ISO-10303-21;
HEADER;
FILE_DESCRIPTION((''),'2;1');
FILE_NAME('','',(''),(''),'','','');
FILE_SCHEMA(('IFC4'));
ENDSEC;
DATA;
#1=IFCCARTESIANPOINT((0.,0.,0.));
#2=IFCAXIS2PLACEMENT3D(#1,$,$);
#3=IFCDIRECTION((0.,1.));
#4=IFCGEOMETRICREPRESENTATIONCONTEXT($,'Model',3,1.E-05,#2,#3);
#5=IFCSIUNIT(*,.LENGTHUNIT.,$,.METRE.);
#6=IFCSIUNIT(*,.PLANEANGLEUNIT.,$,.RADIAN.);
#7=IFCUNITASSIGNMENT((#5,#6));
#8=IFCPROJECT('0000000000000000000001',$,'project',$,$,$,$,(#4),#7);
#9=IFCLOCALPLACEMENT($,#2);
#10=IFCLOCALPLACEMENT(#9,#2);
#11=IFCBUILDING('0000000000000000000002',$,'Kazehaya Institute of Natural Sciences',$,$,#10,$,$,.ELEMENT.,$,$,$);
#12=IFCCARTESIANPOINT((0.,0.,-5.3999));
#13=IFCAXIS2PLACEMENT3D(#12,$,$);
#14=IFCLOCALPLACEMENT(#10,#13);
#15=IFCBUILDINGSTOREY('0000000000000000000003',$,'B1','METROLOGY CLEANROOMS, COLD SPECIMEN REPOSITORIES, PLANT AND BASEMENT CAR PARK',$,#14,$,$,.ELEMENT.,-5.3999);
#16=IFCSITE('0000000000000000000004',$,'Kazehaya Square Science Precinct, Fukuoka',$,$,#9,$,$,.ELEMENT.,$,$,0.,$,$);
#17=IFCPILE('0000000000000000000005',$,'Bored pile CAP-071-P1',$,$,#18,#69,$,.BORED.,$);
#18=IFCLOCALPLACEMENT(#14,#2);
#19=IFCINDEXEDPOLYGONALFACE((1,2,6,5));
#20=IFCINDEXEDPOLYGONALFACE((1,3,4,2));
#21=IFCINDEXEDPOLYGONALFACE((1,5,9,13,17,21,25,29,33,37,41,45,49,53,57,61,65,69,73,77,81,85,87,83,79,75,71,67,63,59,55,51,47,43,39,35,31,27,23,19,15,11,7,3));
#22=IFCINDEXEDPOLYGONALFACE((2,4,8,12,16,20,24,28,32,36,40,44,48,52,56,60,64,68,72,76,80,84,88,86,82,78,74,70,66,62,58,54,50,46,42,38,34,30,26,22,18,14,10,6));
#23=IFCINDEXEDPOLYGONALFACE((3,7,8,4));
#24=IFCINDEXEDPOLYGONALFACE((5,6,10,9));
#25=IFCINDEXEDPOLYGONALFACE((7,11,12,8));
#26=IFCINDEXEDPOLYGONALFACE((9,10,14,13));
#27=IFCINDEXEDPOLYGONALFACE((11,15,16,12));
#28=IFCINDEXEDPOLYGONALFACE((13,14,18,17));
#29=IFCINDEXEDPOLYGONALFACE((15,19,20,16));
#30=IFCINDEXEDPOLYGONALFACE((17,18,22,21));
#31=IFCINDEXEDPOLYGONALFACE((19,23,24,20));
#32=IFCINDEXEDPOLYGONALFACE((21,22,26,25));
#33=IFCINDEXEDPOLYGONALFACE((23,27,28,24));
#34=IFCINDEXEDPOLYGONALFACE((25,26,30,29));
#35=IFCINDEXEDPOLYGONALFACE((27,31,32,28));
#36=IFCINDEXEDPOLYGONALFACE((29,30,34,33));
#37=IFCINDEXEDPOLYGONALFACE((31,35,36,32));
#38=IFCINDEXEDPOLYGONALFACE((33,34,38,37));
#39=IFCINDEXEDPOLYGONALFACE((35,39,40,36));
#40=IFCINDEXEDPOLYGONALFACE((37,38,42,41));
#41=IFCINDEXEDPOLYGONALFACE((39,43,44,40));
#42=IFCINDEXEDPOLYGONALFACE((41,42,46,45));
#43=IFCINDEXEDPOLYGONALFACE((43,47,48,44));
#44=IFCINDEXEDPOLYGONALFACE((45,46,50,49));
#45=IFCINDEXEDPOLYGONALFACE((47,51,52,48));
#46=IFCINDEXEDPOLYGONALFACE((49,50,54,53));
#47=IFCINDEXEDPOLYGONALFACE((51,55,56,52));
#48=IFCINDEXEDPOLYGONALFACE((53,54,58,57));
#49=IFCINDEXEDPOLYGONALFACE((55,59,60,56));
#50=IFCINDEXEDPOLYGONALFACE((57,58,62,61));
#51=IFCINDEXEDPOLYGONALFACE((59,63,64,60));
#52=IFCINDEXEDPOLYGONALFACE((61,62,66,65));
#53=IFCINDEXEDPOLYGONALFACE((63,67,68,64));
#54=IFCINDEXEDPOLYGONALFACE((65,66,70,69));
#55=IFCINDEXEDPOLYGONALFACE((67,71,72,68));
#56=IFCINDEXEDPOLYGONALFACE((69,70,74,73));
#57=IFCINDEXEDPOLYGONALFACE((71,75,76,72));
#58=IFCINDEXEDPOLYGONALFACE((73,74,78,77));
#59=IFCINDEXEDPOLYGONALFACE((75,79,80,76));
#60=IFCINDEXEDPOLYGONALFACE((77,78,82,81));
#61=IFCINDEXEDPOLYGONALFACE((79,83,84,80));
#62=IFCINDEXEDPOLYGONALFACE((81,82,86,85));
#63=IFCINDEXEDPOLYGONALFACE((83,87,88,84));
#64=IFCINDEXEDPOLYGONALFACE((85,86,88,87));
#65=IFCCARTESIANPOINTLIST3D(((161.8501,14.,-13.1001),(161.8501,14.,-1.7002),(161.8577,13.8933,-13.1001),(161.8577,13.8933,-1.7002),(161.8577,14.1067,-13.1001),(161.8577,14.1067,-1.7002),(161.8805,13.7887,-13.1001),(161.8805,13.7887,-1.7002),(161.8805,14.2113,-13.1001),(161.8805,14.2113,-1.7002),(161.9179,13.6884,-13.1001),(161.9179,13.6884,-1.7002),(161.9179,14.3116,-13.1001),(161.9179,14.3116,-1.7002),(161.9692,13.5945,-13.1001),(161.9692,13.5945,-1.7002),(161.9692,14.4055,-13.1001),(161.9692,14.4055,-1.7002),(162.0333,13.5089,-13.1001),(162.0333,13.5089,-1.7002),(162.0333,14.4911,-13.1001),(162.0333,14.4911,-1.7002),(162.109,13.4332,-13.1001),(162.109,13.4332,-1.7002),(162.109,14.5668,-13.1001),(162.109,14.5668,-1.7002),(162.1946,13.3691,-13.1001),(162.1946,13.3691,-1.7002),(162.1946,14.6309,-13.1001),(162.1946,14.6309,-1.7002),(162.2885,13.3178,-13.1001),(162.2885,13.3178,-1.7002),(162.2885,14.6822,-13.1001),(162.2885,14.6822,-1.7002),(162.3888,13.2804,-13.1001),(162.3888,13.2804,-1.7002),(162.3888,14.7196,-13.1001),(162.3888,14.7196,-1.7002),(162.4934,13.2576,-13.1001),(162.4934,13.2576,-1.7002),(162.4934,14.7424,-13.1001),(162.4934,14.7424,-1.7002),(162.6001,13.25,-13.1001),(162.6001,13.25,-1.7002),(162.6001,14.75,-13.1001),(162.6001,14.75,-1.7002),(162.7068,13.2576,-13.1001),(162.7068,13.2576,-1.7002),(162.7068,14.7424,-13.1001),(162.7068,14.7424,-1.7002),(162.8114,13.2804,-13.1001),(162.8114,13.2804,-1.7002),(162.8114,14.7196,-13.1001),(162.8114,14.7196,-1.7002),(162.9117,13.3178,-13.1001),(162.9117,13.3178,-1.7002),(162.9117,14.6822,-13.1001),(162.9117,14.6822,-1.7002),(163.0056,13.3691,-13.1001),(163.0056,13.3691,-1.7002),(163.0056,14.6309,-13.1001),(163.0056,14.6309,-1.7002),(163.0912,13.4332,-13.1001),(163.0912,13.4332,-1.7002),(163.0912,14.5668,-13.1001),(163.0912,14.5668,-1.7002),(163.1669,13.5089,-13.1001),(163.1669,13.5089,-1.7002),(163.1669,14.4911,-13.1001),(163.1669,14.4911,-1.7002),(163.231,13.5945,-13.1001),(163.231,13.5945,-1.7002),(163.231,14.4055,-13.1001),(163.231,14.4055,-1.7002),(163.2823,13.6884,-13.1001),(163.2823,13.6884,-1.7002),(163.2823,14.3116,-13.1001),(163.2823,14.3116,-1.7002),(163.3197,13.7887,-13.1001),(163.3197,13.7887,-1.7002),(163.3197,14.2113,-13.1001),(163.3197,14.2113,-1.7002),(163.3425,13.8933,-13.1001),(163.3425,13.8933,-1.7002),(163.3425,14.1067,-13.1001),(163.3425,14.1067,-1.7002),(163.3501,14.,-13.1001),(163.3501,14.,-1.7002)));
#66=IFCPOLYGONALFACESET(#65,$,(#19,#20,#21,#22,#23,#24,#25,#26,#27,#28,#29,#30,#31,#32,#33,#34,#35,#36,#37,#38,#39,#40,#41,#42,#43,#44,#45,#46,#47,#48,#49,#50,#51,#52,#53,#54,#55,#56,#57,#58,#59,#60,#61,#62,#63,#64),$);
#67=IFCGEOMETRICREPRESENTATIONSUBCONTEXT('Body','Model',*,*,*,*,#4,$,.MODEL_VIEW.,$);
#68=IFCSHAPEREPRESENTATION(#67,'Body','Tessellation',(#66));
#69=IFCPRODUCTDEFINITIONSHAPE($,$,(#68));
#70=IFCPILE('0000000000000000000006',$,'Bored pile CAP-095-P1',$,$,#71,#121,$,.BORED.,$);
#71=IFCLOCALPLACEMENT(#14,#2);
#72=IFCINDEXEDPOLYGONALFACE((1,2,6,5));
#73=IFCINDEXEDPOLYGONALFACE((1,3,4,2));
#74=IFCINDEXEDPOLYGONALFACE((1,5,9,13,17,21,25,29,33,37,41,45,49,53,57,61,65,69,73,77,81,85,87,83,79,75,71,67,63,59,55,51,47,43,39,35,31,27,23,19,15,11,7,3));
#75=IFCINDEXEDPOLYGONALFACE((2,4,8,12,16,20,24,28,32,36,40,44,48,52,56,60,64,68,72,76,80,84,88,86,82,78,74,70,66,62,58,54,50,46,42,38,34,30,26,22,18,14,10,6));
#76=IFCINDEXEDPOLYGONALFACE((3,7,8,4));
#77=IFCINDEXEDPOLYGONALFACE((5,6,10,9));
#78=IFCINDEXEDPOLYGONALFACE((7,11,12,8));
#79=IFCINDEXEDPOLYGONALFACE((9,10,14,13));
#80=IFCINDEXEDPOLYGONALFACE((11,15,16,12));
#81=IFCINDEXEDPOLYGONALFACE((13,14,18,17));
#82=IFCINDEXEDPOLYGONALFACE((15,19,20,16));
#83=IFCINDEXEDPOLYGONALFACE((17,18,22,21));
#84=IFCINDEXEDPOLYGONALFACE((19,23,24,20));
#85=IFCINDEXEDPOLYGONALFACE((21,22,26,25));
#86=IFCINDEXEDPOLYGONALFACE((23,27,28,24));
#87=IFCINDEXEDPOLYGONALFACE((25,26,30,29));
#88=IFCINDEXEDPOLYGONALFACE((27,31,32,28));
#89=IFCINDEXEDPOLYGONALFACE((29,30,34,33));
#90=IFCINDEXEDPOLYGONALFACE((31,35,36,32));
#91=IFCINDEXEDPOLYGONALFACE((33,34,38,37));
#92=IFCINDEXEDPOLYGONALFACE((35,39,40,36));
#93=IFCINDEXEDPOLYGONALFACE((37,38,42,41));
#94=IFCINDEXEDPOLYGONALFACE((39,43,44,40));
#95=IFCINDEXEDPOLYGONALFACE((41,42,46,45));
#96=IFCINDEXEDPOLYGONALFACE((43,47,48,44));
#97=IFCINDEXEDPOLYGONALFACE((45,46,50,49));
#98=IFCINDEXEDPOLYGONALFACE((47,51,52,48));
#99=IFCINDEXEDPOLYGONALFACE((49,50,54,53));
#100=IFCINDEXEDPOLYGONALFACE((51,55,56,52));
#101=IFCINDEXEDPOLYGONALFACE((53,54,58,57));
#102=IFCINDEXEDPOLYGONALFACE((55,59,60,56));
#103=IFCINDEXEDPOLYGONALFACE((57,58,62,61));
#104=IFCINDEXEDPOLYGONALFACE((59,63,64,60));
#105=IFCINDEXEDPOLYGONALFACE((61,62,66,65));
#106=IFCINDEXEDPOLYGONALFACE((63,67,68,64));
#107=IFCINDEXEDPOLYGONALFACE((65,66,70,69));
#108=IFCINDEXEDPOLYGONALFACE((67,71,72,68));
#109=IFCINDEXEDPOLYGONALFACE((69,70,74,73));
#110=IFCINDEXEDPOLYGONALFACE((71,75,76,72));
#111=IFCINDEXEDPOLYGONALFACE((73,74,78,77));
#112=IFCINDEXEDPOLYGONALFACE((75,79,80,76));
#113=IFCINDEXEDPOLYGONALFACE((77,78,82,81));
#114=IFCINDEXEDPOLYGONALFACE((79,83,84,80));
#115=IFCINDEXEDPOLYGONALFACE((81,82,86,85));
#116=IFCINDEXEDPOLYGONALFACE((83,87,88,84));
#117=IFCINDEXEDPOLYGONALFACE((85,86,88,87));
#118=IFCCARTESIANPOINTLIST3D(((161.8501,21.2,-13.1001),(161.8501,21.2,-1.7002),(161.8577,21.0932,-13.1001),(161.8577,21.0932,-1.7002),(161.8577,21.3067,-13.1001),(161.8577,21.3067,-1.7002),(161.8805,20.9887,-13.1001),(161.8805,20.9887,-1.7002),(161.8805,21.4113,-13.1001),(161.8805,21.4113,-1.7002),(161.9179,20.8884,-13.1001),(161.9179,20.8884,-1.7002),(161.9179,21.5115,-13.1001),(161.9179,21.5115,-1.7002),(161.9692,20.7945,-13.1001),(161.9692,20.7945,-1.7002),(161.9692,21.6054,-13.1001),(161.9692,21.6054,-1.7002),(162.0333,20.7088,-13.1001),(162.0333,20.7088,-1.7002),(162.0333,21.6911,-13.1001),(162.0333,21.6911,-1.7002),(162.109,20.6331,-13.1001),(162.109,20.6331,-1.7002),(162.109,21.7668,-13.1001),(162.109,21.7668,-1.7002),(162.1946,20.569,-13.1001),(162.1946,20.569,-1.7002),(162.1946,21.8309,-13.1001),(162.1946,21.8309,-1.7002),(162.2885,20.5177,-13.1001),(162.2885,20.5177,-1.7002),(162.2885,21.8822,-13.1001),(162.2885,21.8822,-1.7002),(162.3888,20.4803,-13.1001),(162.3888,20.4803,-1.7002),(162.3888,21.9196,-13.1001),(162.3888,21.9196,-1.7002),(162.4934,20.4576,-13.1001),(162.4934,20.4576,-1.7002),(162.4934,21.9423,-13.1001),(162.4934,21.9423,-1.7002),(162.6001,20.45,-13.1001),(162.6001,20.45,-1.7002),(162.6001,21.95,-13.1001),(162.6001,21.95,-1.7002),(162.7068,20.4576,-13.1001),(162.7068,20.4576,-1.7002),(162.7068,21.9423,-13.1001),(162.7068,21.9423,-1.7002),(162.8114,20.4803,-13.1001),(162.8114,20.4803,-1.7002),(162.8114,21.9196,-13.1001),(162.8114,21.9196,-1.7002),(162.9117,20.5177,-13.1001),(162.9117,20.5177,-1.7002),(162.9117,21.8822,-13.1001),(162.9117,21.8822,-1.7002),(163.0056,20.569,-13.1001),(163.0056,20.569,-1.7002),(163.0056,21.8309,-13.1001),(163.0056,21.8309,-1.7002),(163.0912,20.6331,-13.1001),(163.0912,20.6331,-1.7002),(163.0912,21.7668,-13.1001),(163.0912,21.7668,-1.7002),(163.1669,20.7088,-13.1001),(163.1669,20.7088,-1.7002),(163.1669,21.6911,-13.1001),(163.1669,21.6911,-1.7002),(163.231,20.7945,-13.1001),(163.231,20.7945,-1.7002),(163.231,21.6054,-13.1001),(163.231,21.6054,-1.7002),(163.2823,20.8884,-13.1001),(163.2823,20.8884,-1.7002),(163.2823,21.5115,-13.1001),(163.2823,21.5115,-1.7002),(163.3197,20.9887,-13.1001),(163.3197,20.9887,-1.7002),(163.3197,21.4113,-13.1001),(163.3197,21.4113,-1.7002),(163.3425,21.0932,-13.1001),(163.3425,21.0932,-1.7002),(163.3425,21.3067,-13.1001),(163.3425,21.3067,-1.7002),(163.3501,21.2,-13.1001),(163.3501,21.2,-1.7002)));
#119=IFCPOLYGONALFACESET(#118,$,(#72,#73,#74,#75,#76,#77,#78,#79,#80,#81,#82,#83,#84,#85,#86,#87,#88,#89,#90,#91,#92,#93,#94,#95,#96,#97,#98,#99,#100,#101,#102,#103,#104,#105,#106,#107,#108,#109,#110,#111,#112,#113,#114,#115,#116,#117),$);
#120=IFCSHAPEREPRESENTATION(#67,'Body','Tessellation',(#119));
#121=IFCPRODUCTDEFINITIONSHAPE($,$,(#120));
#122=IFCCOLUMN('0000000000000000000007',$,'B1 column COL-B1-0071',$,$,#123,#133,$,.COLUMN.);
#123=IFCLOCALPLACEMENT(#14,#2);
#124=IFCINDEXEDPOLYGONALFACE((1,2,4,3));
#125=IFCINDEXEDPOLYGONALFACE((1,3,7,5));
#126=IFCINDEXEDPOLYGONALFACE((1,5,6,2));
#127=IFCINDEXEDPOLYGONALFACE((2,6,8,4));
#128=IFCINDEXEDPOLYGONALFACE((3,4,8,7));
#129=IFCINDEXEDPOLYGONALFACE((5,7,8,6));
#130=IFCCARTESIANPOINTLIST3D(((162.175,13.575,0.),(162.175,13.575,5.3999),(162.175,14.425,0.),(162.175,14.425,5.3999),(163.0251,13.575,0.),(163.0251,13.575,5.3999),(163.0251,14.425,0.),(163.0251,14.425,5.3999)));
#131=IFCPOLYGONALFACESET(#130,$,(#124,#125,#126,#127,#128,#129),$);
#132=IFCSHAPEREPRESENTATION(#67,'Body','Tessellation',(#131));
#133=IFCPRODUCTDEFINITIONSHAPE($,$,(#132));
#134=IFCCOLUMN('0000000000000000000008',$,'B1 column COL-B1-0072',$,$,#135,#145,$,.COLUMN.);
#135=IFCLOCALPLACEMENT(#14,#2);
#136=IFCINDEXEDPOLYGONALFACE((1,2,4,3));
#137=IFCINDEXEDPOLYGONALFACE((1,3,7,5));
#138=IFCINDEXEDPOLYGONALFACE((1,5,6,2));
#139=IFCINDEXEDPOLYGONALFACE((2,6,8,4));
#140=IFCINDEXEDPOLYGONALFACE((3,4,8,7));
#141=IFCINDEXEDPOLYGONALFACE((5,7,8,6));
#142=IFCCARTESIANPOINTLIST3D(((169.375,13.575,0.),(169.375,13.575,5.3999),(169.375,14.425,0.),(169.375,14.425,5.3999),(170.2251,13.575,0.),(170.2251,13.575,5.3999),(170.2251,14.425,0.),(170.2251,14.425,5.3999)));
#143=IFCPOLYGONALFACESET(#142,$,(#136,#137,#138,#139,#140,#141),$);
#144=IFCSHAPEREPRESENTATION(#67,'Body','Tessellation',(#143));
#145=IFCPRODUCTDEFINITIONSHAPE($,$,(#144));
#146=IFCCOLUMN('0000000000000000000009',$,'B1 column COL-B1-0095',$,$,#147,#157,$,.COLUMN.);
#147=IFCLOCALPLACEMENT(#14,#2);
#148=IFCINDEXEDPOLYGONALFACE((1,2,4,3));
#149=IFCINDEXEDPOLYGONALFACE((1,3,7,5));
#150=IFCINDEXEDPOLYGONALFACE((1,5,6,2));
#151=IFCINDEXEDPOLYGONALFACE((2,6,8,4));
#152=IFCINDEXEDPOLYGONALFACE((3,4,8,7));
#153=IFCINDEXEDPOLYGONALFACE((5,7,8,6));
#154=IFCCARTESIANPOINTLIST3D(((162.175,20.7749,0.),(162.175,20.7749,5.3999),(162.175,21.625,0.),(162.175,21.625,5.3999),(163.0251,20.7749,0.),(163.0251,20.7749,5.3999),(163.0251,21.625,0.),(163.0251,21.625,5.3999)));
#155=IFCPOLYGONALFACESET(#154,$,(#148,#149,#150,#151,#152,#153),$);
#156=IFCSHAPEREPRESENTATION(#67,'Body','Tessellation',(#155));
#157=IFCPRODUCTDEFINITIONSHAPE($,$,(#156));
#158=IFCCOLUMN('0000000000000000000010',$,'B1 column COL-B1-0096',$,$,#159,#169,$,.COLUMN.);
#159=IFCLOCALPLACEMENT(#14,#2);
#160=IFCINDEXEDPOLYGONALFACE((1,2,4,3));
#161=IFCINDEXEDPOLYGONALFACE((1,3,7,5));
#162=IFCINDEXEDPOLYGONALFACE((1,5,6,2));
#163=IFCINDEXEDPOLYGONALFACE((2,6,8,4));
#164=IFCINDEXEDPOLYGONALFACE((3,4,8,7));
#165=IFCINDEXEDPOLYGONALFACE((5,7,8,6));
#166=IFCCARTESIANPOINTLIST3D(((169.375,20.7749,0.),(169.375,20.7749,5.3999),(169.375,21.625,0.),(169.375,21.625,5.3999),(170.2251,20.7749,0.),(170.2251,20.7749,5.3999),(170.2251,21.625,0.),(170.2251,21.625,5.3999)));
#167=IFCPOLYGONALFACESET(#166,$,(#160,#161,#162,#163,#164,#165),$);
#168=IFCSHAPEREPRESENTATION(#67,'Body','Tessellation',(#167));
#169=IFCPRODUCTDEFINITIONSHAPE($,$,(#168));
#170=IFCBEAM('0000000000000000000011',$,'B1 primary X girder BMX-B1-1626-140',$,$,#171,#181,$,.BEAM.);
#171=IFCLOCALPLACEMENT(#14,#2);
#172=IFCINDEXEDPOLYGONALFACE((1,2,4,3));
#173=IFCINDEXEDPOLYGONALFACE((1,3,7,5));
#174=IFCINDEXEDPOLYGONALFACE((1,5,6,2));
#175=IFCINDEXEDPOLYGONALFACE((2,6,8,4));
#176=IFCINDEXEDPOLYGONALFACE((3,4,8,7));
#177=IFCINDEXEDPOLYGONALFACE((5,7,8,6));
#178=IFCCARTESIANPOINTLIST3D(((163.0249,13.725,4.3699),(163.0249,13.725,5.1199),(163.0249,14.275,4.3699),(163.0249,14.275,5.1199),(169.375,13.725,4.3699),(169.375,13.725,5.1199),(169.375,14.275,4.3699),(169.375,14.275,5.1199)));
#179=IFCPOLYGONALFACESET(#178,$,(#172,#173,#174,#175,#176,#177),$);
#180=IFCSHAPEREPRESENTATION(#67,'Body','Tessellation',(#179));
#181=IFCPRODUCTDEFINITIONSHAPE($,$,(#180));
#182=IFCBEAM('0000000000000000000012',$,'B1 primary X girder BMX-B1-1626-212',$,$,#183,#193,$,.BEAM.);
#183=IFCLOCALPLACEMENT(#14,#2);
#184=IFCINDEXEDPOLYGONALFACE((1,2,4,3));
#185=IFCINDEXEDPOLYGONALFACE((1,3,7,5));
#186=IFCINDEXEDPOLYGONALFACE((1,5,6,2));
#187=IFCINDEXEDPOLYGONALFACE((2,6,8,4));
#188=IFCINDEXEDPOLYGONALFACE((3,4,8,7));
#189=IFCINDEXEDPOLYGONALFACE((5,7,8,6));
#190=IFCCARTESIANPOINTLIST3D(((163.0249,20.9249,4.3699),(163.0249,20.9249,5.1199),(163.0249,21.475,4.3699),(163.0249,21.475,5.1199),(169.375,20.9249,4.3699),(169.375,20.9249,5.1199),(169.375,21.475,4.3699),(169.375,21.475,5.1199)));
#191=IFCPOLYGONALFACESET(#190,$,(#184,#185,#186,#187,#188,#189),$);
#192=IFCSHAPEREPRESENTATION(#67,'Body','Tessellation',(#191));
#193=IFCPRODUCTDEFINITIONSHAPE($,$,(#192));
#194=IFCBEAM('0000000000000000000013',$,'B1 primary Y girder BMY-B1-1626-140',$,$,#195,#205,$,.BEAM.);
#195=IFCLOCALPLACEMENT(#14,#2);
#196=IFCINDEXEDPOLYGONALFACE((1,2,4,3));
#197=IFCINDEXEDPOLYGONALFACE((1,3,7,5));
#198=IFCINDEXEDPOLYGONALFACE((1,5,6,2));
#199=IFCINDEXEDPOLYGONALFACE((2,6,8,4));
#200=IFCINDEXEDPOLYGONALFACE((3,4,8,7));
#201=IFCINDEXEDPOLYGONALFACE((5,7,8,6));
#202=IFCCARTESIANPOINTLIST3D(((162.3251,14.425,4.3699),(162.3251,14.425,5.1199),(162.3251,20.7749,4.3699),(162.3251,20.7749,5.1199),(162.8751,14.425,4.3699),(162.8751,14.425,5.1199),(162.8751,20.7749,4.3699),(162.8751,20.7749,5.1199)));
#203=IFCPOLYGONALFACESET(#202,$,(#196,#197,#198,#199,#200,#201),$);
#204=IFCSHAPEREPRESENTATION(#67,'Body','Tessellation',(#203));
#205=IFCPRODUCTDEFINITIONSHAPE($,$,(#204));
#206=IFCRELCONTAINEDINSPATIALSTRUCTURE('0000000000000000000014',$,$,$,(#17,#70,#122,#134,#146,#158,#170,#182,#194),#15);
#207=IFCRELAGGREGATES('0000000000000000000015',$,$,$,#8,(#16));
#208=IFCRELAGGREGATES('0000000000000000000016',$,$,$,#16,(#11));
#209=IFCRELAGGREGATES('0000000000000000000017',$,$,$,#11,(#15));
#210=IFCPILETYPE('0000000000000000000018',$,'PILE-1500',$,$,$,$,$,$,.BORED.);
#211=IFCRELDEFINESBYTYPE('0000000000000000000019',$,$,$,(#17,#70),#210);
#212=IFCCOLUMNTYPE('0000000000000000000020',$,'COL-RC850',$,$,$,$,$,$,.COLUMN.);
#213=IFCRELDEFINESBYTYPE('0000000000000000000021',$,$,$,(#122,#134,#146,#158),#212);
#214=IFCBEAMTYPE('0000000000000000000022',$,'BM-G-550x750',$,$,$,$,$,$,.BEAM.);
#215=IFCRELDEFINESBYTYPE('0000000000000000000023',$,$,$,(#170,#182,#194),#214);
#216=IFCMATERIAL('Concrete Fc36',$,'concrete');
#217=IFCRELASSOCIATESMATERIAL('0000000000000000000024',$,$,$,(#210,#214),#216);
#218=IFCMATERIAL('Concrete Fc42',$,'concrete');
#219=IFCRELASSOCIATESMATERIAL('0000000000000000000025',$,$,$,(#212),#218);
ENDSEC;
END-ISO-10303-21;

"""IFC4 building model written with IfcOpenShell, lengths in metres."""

from ifc_helpers import new_model, si_unit, direction, frame, origin, origin_2d, place, context, subcontext, project, spatial, rectangle, circle, extrude, material, material_profile, profile_set, type_object, element, save


model = new_model("IFC4")

# Units and contexts
model_context = context("Model", 3, precision=1e-05, world=origin(), true_north=direction((0.0, 1.0)))
body_context = subcontext(model_context, "Body", "Model", "MODEL_VIEW")
ifc_project = project(units=[si_unit("LENGTHUNIT", "METRE"), si_unit("PLANEANGLEUNIT", "RADIAN")], contexts=[model_context])

# Site, building, storey
site_placement = place(None, origin())
site = spatial("IfcSite", under=ifc_project, at=site_placement, Name="Kazehaya Square Science Precinct, Fukuoka", CompositionType="ELEMENT", RefElevation=0.0)
building_placement = place(site_placement, origin())
building = spatial("IfcBuilding", under=site, at=building_placement, Name="Kazehaya Institute of Natural Sciences", CompositionType="ELEMENT")
storey_placement = place(building_placement, frame((0.0, 0.0, -5.3999)))
storey = spatial("IfcBuildingStorey", under=building, at=storey_placement, Name="B1", Description="METROLOGY CLEANROOMS, COLD SPECIMEN REPOSITORIES, PLANT AND BASEMENT CAR PARK", CompositionType="ELEMENT", Elevation=-5.3999)

# Shared definitions
ifc_material_1 = material(Name="Concrete Fc36", Category="concrete")

# Piles
ifc_material_profile_1 = material_profile(ifc_material_1, circle(Radius=0.75, at=origin_2d()), Name="PILE-1500")
ifc_profile_set_1 = profile_set([ifc_material_profile_1], Name="Concrete Fc36")
pile_type_1 = type_object("IfcPileType", Name="PILE-1500", PredefinedType="BORED", material=ifc_profile_set_1)
for number, where, z_axis, x_axis, name in (
    (1, (162.6001, 14.0, -1.7002), (0.0, 0.0, -1.0), (1.0, 0.0, 0.0), "Bored pile CAP-071-P1"),
    (2, (162.6001, 21.2, -1.7002), (0.0, 0.0, -1.0), (1.0, 0.0, 0.0), "Bored pile CAP-095-P1"),
):
    element("IfcPile", number, at=place(storey_placement, frame(where, z_axis=z_axis, x_axis=x_axis)), inside=storey, type_object=pile_type_1, Name=name, PredefinedType="BORED", context=body_context, shape_type="SweptSolid", body=[
        extrude(circle(Radius=0.75, at=origin_2d()), origin(), (0.0, 0.0, 1.0), 11.3999),
    ])

# Columns
ifc_material_2 = material(Name="Concrete Fc42", Category="concrete")
ifc_material_profile_2 = material_profile(ifc_material_2, rectangle(XDim=0.8501, YDim=0.8501, at=origin_2d()), Name="RC-850x850")
ifc_profile_set_2 = profile_set([ifc_material_profile_2], Name="Concrete Fc42")
column_type = type_object("IfcColumnType", Name="COL-RC850", PredefinedType="COLUMN", material=ifc_profile_set_2)
for number, where, z_axis, x_axis, name in (
    (3, (162.6001, 14.0, 0.0), (0.0, 0.0, 1.0), (1.0, 0.0, 0.0), "B1 column COL-B1-0071"),
    (4, (169.8, 14.0, 0.0), (0.0, 0.0, 1.0), (1.0, 0.0, 0.0), "B1 column COL-B1-0072"),
    (5, (162.6001, 21.2, 0.0), (0.0, 0.0, 1.0), (1.0, 0.0, 0.0), "B1 column COL-B1-0095"),
    (6, (169.8, 21.2, 0.0), (0.0, 0.0, 1.0), (1.0, 0.0, 0.0), "B1 column COL-B1-0096"),
):
    element("IfcColumn", number, at=place(storey_placement, frame(where, z_axis=z_axis, x_axis=x_axis)), inside=storey, type_object=column_type, Name=name, PredefinedType="COLUMN", context=body_context, shape_type="SweptSolid", body=[
        extrude(rectangle(XDim=0.8501, YDim=0.8501, at=origin_2d()), origin(), (0.0, 0.0, 1.0), 5.3999),
    ])

# Beams
ifc_material_profile_3 = material_profile(ifc_material_1, rectangle(XDim=0.55, YDim=0.75, at=origin_2d()), Name="RC-550x750")
ifc_profile_set_3 = profile_set([ifc_material_profile_3], Name="Concrete Fc36")
beam_type_1 = type_object("IfcBeamType", Name="BM-G-550x750", PredefinedType="BEAM", material=ifc_profile_set_3)
for number, where, z_axis, x_axis, name in (
    (7, (163.0249, 14.0, 4.7449), (1.0, 0.0, 0.0), (0.0, 1.0, 0.0), "B1 primary X girder BMX-B1-1626-140"),
    (8, (163.0249, 21.2, 4.7449), (1.0, 0.0, 0.0), (0.0, 1.0, 0.0), "B1 primary X girder BMX-B1-1626-212"),
):
    element("IfcBeam", number, at=place(storey_placement, frame(where, z_axis=z_axis, x_axis=x_axis)), inside=storey, type_object=beam_type_1, Name=name, PredefinedType="BEAM", context=body_context, shape_type="SweptSolid", body=[
        extrude(rectangle(XDim=0.55, YDim=0.75, at=origin_2d()), origin(), (0.0, 0.0, 1.0), 6.3501),
    ])
beam_1_placement = place(storey_placement, frame((162.6001, 14.425, 4.7449), z_axis=(0.0, 1.0, 0.0), x_axis=(-1.0, 0.0, 0.0)))
element("IfcBeam", 9, at=beam_1_placement, inside=storey, type_object=beam_type_1, Name="B1 primary Y girder BMY-B1-1626-140", PredefinedType="BEAM", context=body_context, shape_type="SweptSolid", body=[
    extrude(rectangle(XDim=0.55, YDim=0.75, at=origin_2d()), origin(), (0.0, 0.0, 1.0), 6.3499),
])

save(model, "model.ifc")
